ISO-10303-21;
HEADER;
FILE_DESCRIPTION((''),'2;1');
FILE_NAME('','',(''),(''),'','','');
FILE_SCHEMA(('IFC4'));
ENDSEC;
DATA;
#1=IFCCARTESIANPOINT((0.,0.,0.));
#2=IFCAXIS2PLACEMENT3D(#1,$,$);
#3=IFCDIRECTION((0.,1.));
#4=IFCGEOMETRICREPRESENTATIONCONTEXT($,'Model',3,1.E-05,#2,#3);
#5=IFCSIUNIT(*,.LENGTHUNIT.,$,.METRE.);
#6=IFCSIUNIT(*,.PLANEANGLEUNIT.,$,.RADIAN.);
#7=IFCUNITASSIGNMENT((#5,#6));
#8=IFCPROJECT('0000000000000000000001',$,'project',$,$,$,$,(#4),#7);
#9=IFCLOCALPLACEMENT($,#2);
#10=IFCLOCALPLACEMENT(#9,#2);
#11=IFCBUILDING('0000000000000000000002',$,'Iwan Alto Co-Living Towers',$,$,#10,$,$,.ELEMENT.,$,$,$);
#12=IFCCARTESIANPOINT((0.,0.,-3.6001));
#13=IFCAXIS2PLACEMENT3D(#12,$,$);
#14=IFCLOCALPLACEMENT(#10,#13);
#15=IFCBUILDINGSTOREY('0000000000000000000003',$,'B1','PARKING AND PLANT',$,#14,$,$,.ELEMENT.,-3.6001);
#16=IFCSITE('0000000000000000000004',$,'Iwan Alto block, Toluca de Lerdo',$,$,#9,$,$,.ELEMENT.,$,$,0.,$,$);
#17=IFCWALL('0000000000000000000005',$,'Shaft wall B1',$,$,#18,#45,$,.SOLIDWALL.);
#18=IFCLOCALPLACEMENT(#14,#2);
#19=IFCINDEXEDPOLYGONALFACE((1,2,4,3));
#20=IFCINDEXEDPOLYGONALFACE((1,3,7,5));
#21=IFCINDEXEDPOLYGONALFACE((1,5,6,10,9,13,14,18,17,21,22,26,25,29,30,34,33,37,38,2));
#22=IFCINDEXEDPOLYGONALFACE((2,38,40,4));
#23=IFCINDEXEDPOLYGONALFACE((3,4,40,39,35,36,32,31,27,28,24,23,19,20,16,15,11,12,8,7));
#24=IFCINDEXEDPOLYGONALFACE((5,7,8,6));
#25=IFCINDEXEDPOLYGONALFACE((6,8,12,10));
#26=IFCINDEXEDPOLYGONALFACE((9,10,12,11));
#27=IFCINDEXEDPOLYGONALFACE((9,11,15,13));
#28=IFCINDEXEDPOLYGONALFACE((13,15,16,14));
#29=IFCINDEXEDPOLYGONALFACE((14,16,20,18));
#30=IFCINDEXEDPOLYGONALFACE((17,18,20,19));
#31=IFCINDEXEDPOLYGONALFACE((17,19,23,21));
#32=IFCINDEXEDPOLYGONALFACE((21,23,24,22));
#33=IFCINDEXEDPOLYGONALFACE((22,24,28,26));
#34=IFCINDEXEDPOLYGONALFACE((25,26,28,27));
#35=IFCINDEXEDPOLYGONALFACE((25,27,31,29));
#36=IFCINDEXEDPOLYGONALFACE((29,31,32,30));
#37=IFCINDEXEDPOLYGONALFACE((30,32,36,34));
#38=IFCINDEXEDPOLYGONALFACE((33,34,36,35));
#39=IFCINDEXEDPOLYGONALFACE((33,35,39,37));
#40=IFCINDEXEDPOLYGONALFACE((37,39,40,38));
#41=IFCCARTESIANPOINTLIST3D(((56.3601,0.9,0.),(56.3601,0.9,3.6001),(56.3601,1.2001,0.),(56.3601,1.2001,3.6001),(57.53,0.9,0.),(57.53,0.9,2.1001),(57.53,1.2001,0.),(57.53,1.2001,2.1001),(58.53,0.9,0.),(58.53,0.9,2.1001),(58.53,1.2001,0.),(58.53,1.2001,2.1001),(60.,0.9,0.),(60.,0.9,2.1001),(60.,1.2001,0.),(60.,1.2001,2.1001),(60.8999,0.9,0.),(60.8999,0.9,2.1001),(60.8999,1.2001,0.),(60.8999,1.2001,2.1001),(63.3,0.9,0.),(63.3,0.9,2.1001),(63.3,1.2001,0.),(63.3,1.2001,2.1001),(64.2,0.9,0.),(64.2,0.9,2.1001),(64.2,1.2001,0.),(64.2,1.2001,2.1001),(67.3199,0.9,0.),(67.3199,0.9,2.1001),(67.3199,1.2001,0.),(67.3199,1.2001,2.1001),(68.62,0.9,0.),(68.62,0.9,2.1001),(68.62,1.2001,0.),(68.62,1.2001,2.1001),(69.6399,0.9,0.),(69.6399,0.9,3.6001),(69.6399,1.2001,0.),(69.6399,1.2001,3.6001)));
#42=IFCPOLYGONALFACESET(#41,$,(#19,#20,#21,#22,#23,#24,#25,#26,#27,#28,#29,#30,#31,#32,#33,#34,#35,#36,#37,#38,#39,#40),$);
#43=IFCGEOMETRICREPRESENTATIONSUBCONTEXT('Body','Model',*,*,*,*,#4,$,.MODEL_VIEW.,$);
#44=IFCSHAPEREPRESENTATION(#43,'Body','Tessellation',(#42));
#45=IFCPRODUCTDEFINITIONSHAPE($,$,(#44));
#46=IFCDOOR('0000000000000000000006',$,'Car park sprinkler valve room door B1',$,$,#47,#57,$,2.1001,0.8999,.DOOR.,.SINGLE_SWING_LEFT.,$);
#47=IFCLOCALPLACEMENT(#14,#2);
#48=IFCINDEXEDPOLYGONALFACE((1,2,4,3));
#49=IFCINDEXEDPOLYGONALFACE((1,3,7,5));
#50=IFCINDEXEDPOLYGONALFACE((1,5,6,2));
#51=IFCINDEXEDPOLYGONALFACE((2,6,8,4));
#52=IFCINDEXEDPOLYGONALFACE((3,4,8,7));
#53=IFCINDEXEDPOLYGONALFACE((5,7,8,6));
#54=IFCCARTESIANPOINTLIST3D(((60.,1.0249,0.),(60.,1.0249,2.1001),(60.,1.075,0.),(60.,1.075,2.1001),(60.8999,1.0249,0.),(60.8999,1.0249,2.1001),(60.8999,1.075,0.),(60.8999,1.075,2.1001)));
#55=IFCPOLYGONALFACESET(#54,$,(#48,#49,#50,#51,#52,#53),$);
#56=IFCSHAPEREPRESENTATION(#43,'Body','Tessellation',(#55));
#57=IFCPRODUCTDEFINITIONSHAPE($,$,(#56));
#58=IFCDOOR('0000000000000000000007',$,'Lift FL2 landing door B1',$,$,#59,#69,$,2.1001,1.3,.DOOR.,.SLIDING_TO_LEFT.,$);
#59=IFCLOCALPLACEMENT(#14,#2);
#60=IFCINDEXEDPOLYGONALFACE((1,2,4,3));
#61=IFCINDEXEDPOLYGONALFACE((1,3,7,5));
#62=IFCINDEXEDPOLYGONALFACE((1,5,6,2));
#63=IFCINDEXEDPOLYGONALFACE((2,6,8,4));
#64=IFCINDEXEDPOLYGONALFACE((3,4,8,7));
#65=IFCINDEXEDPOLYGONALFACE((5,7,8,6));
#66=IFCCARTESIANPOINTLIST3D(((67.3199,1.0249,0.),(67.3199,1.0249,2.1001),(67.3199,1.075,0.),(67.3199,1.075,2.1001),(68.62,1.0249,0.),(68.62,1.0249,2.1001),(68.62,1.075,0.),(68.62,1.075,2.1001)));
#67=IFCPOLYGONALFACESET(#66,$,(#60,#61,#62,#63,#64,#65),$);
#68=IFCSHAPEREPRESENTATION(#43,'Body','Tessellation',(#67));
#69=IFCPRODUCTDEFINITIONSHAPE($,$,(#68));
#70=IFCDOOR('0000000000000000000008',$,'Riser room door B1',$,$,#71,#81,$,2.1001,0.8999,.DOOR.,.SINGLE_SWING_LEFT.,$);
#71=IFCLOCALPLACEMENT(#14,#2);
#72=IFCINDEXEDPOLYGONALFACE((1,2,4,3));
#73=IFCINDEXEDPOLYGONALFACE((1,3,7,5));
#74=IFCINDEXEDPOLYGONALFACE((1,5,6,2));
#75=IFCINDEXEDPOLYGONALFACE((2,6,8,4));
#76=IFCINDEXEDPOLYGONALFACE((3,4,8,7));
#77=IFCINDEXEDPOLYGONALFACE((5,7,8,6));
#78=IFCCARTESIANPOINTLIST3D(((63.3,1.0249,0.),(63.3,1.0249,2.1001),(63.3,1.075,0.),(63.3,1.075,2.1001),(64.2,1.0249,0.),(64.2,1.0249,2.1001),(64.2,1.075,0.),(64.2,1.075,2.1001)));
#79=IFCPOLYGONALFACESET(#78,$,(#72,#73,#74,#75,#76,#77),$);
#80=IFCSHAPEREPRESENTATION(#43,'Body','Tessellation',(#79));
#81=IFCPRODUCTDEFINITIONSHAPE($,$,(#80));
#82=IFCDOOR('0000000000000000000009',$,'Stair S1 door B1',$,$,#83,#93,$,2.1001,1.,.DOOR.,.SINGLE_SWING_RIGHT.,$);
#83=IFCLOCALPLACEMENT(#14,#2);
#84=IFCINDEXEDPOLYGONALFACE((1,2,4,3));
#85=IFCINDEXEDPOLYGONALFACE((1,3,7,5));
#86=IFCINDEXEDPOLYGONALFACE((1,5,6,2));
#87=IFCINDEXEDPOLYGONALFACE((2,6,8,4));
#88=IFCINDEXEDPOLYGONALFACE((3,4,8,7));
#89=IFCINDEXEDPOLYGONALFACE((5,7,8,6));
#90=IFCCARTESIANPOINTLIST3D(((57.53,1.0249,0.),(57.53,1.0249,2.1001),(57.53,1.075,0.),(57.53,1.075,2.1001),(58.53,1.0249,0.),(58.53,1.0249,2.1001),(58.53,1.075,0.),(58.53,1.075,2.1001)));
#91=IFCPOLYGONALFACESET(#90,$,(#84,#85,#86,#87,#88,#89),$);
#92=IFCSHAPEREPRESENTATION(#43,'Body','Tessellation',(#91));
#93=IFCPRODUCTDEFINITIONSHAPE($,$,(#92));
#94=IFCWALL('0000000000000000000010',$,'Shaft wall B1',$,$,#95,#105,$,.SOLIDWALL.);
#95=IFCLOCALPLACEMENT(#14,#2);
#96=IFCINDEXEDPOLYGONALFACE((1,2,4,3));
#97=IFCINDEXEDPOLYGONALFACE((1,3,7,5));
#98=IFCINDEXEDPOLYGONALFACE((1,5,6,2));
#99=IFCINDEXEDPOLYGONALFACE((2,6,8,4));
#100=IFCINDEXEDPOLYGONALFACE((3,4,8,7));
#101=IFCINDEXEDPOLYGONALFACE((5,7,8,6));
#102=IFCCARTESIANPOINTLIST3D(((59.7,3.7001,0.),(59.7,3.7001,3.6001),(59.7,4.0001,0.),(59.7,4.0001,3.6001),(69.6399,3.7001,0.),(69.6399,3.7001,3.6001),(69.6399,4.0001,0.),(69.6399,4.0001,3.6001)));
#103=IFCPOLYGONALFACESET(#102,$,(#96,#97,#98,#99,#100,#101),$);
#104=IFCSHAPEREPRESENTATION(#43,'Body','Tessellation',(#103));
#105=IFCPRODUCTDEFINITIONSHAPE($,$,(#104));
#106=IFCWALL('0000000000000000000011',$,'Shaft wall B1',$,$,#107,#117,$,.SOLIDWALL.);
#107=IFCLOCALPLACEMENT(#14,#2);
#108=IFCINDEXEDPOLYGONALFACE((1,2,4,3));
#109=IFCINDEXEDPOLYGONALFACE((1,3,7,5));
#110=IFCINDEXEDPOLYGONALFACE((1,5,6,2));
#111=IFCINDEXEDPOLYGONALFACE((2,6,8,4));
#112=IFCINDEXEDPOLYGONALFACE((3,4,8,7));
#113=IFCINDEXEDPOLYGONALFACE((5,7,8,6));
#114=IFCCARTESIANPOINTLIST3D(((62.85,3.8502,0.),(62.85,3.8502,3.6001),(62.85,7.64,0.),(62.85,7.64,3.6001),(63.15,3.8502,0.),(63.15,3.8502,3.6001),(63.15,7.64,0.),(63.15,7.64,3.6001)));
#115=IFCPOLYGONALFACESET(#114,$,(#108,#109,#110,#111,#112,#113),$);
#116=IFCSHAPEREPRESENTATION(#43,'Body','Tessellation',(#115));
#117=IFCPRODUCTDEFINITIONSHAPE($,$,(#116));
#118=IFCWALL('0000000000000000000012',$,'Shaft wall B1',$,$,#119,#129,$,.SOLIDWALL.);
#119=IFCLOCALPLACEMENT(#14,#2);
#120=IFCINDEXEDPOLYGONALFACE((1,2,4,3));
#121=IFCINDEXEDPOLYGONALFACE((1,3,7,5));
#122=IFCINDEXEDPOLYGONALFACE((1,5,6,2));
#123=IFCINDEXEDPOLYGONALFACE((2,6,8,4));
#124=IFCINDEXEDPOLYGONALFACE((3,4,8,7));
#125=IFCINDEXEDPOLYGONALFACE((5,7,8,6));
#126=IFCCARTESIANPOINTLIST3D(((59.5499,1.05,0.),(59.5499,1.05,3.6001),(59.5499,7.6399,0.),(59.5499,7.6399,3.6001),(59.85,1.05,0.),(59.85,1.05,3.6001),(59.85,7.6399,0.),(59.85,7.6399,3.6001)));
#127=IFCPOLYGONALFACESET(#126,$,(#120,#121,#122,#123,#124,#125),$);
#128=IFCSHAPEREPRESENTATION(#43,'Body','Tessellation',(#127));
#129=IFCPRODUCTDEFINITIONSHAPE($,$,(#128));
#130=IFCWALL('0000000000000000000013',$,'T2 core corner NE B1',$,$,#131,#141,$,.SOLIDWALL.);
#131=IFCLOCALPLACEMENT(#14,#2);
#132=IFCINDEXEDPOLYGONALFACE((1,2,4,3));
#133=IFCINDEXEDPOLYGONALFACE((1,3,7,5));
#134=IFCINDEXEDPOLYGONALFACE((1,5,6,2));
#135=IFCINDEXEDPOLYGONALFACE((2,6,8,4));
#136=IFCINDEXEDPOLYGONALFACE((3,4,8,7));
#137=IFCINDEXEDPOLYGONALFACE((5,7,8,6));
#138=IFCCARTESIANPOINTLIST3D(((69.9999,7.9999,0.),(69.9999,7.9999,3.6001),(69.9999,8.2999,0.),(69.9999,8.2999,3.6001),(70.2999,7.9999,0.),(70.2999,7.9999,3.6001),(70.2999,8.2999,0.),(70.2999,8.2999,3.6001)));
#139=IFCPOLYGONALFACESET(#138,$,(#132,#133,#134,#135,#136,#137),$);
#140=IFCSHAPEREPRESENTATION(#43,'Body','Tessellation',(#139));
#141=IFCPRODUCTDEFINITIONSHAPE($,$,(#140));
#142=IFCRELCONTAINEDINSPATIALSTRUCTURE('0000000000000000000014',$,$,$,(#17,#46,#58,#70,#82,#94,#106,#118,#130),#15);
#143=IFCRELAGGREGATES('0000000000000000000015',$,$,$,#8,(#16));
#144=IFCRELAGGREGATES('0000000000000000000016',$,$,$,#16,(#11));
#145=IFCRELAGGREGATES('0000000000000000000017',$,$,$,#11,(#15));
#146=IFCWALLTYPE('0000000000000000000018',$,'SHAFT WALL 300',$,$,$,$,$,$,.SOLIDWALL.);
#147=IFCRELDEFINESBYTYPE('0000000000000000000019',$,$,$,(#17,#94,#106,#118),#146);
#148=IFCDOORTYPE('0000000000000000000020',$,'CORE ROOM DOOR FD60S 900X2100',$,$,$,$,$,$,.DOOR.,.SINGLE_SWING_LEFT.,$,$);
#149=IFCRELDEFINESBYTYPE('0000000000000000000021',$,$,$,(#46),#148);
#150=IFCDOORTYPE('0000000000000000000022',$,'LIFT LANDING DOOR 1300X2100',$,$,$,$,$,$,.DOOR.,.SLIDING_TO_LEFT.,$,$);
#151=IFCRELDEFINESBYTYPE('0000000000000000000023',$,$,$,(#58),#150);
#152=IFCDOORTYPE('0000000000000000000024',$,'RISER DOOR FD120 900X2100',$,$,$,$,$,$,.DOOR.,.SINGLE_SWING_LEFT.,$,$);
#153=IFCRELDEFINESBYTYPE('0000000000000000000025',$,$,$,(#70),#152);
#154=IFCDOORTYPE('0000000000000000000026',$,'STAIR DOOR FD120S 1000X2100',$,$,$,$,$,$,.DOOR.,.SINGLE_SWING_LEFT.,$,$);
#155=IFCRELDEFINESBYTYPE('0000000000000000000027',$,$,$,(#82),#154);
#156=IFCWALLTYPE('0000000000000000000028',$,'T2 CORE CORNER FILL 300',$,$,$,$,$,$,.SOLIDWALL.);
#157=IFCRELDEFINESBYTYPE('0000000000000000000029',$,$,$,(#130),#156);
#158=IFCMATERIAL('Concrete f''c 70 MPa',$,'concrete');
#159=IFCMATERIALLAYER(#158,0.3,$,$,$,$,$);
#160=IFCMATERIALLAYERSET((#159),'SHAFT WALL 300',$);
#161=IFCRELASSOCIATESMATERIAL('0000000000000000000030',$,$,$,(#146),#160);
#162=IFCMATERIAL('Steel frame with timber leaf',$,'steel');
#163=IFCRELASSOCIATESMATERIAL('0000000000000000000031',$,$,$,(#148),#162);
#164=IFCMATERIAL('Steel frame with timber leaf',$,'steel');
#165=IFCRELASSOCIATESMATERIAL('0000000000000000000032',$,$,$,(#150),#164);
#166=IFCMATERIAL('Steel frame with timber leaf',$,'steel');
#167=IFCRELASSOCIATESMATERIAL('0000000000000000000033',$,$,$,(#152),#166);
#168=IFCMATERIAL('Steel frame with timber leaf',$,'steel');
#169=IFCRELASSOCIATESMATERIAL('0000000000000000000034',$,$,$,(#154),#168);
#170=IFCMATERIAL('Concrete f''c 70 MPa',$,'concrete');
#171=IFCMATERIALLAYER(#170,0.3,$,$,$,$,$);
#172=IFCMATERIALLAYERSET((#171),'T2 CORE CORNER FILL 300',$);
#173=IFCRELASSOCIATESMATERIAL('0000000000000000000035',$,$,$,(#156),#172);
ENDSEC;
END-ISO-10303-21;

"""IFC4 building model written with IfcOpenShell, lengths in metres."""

from ifc_helpers import new_model, si_unit, direction, frame, frame_2d, origin, place, context, subcontext, project, spatial, rectangle, extrude, material, layer, layer_set, type_object, element, fill, save


model = new_model("IFC4")

# Units and contexts
model_context = context("Model", 3, precision=1e-05, world=origin(), true_north=direction((0.0, 1.0)))
body_context = subcontext(model_context, "Body", "Model", "MODEL_VIEW")
ifc_project = project(units=[si_unit("LENGTHUNIT", "METRE"), si_unit("PLANEANGLEUNIT", "RADIAN")], contexts=[model_context])

# Site, building, storey
site_placement = place(None, origin())
site = spatial("IfcSite", under=ifc_project, at=site_placement, Name="Iwan Alto block, Toluca de Lerdo", CompositionType="ELEMENT", RefElevation=0.0)
building_placement = place(site_placement, origin())
building = spatial("IfcBuilding", under=site, at=building_placement, Name="Iwan Alto Co-Living Towers", CompositionType="ELEMENT")
storey_placement = place(building_placement, frame((0.0, 0.0, -3.6001)))
storey = spatial("IfcBuildingStorey", under=building, at=storey_placement, Name="B1", Description="PARKING AND PLANT", CompositionType="ELEMENT", Elevation=-3.6001)

# Wall, openings, doors
ifc_material_1 = material(Name="Concrete f'c 70 MPa", Category="concrete")
ifc_layer_1 = layer(ifc_material_1, 0.3)
ifc_layer_set_1 = layer_set([ifc_layer_1], Name="SHAFT WALL 300")
wall_type_1 = type_object("IfcWallType", Name="SHAFT WALL 300", PredefinedType="SOLIDWALL", material=ifc_layer_set_1)
wall_1_placement = place(storey_placement, frame((56.3601, 1.05, 0.0), z_axis=(0.0, 0.0, 1.0), x_axis=(1.0, 0.0, 0.0)))
wall_1 = element("IfcWall", 1, at=wall_1_placement, inside=storey, type_object=wall_type_1, Name="Shaft wall B1", PredefinedType="SOLIDWALL", context=body_context, shape_type="SweptSolid", body=[
    extrude(rectangle(XDim=13.2798, YDim=0.3, at=frame_2d((6.6399, 0.0))), origin(), (0.0, 0.0, 1.0), 3.6001),
])
opening_1_placement = place(wall_1_placement, frame((1.1699, 0.0, 0.0)))
opening_1 = element("IfcOpeningElement", 2, at=opening_1_placement, cuts=wall_1, PredefinedType="OPENING", context=body_context, shape_type="SweptSolid", body=[
    extrude(rectangle(XDim=1.0, YDim=2.1001, at=frame_2d((0.5, 1.05))), frame((0.0, 0.1599, 0.0), z_axis=(0.0, -1.0, 0.0), x_axis=(1.0, 0.0, 0.0)), (0.0, 0.0, 1.0), 0.3201),
])
opening_2_placement = place(wall_1_placement, frame((6.9399, 0.0, 0.0)))
opening_2 = element("IfcOpeningElement", 3, at=opening_2_placement, cuts=wall_1, PredefinedType="OPENING", context=body_context, shape_type="SweptSolid", body=[
    extrude(rectangle(XDim=0.8999, YDim=2.1001, at=frame_2d((0.45, 1.05))), frame((0.0, 0.1599, 0.0), z_axis=(0.0, -1.0, 0.0), x_axis=(1.0, 0.0, 0.0)), (0.0, 0.0, 1.0), 0.3201),
])
opening_3_placement = place(wall_1_placement, frame((3.6399, 0.0, 0.0)))
opening_3 = element("IfcOpeningElement", 4, at=opening_3_placement, cuts=wall_1, PredefinedType="OPENING", context=body_context, shape_type="SweptSolid", body=[
    extrude(rectangle(XDim=0.8999, YDim=2.1001, at=frame_2d((0.45, 1.05))), frame((0.0, 0.1599, 0.0), z_axis=(0.0, -1.0, 0.0), x_axis=(1.0, 0.0, 0.0)), (0.0, 0.0, 1.0), 0.3201),
])
opening_4_placement = place(wall_1_placement, frame((10.96, 0.0, 0.0)))
opening_4 = element("IfcOpeningElement", 5, at=opening_4_placement, cuts=wall_1, PredefinedType="OPENING", context=body_context, shape_type="SweptSolid", body=[
    extrude(rectangle(XDim=1.3, YDim=2.1001, at=frame_2d((0.6499, 1.05))), frame((0.0, 0.1599, 0.0), z_axis=(0.0, -1.0, 0.0), x_axis=(1.0, 0.0, 0.0)), (0.0, 0.0, 1.0), 0.3201),
])
ifc_material_2 = material(Name="Steel frame with timber leaf", Category="steel")
door_type_1 = type_object("IfcDoorType", Name="CORE ROOM DOOR FD60S 900X2100", OperationType="SINGLE_SWING_LEFT", PredefinedType="DOOR", material=ifc_material_2)
door_1_placement = place(opening_3_placement, origin())
door_1 = element("IfcDoor", 6, at=door_1_placement, inside=storey, type_object=door_type_1, Name="Car park sprinkler valve room door B1", OperationType="SINGLE_SWING_LEFT", OverallHeight=2.1001, OverallWidth=0.8999, PredefinedType="DOOR", context=body_context, shape_type="SweptSolid", body=[
    extrude(rectangle(XDim=0.8999, YDim=2.1001, at=frame_2d((0.45, 1.05))), frame((0.0, 0.0249, 0.0), z_axis=(0.0, -1.0, 0.0), x_axis=(1.0, 0.0, 0.0)), (0.0, 0.0, 1.0), 0.05),
])
fill(opening_3, door_1)
ifc_material_3 = material(Name="Steel frame with timber leaf", Category="steel")
door_type_2 = type_object("IfcDoorType", Name="LIFT LANDING DOOR 1300X2100", OperationType="SLIDING_TO_LEFT", PredefinedType="DOOR", material=ifc_material_3)
door_2_placement = place(opening_4_placement, origin())
door_2 = element("IfcDoor", 7, at=door_2_placement, inside=storey, type_object=door_type_2, Name="Lift FL2 landing door B1", OperationType="SLIDING_TO_LEFT", OverallHeight=2.1001, OverallWidth=1.3, PredefinedType="DOOR", context=body_context, shape_type="SweptSolid", body=[
    extrude(rectangle(XDim=1.3, YDim=2.1001, at=frame_2d((0.6499, 1.05))), frame((0.0, 0.0249, 0.0), z_axis=(0.0, -1.0, 0.0), x_axis=(1.0, 0.0, 0.0)), (0.0, 0.0, 1.0), 0.05),
])
fill(opening_4, door_2)
ifc_material_4 = material(Name="Steel frame with timber leaf", Category="steel")
door_type_3 = type_object("IfcDoorType", Name="RISER DOOR FD120 900X2100", OperationType="SINGLE_SWING_LEFT", PredefinedType="DOOR", material=ifc_material_4)
door_3_placement = place(opening_2_placement, origin())
door_3 = element("IfcDoor", 8, at=door_3_placement, inside=storey, type_object=door_type_3, Name="Riser room door B1", OperationType="SINGLE_SWING_LEFT", OverallHeight=2.1001, OverallWidth=0.8999, PredefinedType="DOOR", context=body_context, shape_type="SweptSolid", body=[
    extrude(rectangle(XDim=0.8999, YDim=2.1001, at=frame_2d((0.45, 1.05))), frame((0.0, 0.0249, 0.0), z_axis=(0.0, -1.0, 0.0), x_axis=(1.0, 0.0, 0.0)), (0.0, 0.0, 1.0), 0.05),
])
fill(opening_2, door_3)
ifc_material_5 = material(Name="Steel frame with timber leaf", Category="steel")
door_type_4 = type_object("IfcDoorType", Name="STAIR DOOR FD120S 1000X2100", OperationType="SINGLE_SWING_LEFT", PredefinedType="DOOR", material=ifc_material_5)
door_4_placement = place(opening_1_placement, origin())
door_4 = element("IfcDoor", 9, at=door_4_placement, inside=storey, type_object=door_type_4, Name="Stair S1 door B1", OperationType="SINGLE_SWING_RIGHT", OverallHeight=2.1001, OverallWidth=1.0, PredefinedType="DOOR", context=body_context, shape_type="SweptSolid", body=[
    extrude(rectangle(XDim=1.0, YDim=2.1001, at=frame_2d((0.5, 1.05))), frame((0.0, 0.0249, 0.0), z_axis=(0.0, -1.0, 0.0), x_axis=(1.0, 0.0, 0.0)), (0.0, 0.0, 1.0), 0.05),
])
fill(opening_1, door_4)

# Walls
wall_2_placement = place(storey_placement, frame((59.7, 3.8501, 0.0), z_axis=(0.0, 0.0, 1.0), x_axis=(1.0, 0.0, 0.0)))
element("IfcWall", 10, at=wall_2_placement, inside=storey, type_object=wall_type_1, Name="Shaft wall B1", PredefinedType="SOLIDWALL", context=body_context, shape_type="SweptSolid", body=[
    extrude(rectangle(XDim=9.9399, YDim=0.3, at=frame_2d((4.97, 0.0))), origin(), (0.0, 0.0, 1.0), 3.6001),
])
wall_3_placement = place(storey_placement, frame((63.0, 3.8501, 0.0), z_axis=(0.0, 0.0, 1.0), x_axis=(0.0, 1.0, 0.0)))
element("IfcWall", 11, at=wall_3_placement, inside=storey, type_object=wall_type_1, Name="Shaft wall B1", PredefinedType="SOLIDWALL", context=body_context, shape_type="SweptSolid", body=[
    extrude(rectangle(XDim=3.7898, YDim=0.3, at=frame_2d((1.895, 0.0))), origin(), (0.0, 0.0, 1.0), 3.6001),
])
wall_4_placement = place(storey_placement, frame((59.7, 1.05, 0.0), z_axis=(0.0, 0.0, 1.0), x_axis=(0.0, 1.0, 0.0)))
element("IfcWall", 12, at=wall_4_placement, inside=storey, type_object=wall_type_1, Name="Shaft wall B1", PredefinedType="SOLIDWALL", context=body_context, shape_type="SweptSolid", body=[
    extrude(rectangle(XDim=6.5898, YDim=0.3, at=frame_2d((3.2949, 0.0))), origin(), (0.0, 0.0, 1.0), 3.6001),
])
ifc_material_6 = material(Name="Concrete f'c 70 MPa", Category="concrete")
ifc_layer_2 = layer(ifc_material_6, 0.3)
ifc_layer_set_2 = layer_set([ifc_layer_2], Name="T2 CORE CORNER FILL 300")
wall_type_2 = type_object("IfcWallType", Name="T2 CORE CORNER FILL 300", PredefinedType="SOLIDWALL", material=ifc_layer_set_2)
wall_5_placement = place(storey_placement, frame((70.0, 8.1499, 0.0), z_axis=(0.0, 0.0, 1.0), x_axis=(1.0, 0.0, 0.0)))
element("IfcWall", 13, at=wall_5_placement, inside=storey, type_object=wall_type_2, Name="T2 core corner NE B1", PredefinedType="SOLIDWALL", context=body_context, shape_type="SweptSolid", body=[
    extrude(rectangle(XDim=0.3, YDim=0.3, at=frame_2d((0.1499, 0.0))), origin(), (0.0, 0.0, 1.0), 3.6001),
])

save(model, "model.ifc")
